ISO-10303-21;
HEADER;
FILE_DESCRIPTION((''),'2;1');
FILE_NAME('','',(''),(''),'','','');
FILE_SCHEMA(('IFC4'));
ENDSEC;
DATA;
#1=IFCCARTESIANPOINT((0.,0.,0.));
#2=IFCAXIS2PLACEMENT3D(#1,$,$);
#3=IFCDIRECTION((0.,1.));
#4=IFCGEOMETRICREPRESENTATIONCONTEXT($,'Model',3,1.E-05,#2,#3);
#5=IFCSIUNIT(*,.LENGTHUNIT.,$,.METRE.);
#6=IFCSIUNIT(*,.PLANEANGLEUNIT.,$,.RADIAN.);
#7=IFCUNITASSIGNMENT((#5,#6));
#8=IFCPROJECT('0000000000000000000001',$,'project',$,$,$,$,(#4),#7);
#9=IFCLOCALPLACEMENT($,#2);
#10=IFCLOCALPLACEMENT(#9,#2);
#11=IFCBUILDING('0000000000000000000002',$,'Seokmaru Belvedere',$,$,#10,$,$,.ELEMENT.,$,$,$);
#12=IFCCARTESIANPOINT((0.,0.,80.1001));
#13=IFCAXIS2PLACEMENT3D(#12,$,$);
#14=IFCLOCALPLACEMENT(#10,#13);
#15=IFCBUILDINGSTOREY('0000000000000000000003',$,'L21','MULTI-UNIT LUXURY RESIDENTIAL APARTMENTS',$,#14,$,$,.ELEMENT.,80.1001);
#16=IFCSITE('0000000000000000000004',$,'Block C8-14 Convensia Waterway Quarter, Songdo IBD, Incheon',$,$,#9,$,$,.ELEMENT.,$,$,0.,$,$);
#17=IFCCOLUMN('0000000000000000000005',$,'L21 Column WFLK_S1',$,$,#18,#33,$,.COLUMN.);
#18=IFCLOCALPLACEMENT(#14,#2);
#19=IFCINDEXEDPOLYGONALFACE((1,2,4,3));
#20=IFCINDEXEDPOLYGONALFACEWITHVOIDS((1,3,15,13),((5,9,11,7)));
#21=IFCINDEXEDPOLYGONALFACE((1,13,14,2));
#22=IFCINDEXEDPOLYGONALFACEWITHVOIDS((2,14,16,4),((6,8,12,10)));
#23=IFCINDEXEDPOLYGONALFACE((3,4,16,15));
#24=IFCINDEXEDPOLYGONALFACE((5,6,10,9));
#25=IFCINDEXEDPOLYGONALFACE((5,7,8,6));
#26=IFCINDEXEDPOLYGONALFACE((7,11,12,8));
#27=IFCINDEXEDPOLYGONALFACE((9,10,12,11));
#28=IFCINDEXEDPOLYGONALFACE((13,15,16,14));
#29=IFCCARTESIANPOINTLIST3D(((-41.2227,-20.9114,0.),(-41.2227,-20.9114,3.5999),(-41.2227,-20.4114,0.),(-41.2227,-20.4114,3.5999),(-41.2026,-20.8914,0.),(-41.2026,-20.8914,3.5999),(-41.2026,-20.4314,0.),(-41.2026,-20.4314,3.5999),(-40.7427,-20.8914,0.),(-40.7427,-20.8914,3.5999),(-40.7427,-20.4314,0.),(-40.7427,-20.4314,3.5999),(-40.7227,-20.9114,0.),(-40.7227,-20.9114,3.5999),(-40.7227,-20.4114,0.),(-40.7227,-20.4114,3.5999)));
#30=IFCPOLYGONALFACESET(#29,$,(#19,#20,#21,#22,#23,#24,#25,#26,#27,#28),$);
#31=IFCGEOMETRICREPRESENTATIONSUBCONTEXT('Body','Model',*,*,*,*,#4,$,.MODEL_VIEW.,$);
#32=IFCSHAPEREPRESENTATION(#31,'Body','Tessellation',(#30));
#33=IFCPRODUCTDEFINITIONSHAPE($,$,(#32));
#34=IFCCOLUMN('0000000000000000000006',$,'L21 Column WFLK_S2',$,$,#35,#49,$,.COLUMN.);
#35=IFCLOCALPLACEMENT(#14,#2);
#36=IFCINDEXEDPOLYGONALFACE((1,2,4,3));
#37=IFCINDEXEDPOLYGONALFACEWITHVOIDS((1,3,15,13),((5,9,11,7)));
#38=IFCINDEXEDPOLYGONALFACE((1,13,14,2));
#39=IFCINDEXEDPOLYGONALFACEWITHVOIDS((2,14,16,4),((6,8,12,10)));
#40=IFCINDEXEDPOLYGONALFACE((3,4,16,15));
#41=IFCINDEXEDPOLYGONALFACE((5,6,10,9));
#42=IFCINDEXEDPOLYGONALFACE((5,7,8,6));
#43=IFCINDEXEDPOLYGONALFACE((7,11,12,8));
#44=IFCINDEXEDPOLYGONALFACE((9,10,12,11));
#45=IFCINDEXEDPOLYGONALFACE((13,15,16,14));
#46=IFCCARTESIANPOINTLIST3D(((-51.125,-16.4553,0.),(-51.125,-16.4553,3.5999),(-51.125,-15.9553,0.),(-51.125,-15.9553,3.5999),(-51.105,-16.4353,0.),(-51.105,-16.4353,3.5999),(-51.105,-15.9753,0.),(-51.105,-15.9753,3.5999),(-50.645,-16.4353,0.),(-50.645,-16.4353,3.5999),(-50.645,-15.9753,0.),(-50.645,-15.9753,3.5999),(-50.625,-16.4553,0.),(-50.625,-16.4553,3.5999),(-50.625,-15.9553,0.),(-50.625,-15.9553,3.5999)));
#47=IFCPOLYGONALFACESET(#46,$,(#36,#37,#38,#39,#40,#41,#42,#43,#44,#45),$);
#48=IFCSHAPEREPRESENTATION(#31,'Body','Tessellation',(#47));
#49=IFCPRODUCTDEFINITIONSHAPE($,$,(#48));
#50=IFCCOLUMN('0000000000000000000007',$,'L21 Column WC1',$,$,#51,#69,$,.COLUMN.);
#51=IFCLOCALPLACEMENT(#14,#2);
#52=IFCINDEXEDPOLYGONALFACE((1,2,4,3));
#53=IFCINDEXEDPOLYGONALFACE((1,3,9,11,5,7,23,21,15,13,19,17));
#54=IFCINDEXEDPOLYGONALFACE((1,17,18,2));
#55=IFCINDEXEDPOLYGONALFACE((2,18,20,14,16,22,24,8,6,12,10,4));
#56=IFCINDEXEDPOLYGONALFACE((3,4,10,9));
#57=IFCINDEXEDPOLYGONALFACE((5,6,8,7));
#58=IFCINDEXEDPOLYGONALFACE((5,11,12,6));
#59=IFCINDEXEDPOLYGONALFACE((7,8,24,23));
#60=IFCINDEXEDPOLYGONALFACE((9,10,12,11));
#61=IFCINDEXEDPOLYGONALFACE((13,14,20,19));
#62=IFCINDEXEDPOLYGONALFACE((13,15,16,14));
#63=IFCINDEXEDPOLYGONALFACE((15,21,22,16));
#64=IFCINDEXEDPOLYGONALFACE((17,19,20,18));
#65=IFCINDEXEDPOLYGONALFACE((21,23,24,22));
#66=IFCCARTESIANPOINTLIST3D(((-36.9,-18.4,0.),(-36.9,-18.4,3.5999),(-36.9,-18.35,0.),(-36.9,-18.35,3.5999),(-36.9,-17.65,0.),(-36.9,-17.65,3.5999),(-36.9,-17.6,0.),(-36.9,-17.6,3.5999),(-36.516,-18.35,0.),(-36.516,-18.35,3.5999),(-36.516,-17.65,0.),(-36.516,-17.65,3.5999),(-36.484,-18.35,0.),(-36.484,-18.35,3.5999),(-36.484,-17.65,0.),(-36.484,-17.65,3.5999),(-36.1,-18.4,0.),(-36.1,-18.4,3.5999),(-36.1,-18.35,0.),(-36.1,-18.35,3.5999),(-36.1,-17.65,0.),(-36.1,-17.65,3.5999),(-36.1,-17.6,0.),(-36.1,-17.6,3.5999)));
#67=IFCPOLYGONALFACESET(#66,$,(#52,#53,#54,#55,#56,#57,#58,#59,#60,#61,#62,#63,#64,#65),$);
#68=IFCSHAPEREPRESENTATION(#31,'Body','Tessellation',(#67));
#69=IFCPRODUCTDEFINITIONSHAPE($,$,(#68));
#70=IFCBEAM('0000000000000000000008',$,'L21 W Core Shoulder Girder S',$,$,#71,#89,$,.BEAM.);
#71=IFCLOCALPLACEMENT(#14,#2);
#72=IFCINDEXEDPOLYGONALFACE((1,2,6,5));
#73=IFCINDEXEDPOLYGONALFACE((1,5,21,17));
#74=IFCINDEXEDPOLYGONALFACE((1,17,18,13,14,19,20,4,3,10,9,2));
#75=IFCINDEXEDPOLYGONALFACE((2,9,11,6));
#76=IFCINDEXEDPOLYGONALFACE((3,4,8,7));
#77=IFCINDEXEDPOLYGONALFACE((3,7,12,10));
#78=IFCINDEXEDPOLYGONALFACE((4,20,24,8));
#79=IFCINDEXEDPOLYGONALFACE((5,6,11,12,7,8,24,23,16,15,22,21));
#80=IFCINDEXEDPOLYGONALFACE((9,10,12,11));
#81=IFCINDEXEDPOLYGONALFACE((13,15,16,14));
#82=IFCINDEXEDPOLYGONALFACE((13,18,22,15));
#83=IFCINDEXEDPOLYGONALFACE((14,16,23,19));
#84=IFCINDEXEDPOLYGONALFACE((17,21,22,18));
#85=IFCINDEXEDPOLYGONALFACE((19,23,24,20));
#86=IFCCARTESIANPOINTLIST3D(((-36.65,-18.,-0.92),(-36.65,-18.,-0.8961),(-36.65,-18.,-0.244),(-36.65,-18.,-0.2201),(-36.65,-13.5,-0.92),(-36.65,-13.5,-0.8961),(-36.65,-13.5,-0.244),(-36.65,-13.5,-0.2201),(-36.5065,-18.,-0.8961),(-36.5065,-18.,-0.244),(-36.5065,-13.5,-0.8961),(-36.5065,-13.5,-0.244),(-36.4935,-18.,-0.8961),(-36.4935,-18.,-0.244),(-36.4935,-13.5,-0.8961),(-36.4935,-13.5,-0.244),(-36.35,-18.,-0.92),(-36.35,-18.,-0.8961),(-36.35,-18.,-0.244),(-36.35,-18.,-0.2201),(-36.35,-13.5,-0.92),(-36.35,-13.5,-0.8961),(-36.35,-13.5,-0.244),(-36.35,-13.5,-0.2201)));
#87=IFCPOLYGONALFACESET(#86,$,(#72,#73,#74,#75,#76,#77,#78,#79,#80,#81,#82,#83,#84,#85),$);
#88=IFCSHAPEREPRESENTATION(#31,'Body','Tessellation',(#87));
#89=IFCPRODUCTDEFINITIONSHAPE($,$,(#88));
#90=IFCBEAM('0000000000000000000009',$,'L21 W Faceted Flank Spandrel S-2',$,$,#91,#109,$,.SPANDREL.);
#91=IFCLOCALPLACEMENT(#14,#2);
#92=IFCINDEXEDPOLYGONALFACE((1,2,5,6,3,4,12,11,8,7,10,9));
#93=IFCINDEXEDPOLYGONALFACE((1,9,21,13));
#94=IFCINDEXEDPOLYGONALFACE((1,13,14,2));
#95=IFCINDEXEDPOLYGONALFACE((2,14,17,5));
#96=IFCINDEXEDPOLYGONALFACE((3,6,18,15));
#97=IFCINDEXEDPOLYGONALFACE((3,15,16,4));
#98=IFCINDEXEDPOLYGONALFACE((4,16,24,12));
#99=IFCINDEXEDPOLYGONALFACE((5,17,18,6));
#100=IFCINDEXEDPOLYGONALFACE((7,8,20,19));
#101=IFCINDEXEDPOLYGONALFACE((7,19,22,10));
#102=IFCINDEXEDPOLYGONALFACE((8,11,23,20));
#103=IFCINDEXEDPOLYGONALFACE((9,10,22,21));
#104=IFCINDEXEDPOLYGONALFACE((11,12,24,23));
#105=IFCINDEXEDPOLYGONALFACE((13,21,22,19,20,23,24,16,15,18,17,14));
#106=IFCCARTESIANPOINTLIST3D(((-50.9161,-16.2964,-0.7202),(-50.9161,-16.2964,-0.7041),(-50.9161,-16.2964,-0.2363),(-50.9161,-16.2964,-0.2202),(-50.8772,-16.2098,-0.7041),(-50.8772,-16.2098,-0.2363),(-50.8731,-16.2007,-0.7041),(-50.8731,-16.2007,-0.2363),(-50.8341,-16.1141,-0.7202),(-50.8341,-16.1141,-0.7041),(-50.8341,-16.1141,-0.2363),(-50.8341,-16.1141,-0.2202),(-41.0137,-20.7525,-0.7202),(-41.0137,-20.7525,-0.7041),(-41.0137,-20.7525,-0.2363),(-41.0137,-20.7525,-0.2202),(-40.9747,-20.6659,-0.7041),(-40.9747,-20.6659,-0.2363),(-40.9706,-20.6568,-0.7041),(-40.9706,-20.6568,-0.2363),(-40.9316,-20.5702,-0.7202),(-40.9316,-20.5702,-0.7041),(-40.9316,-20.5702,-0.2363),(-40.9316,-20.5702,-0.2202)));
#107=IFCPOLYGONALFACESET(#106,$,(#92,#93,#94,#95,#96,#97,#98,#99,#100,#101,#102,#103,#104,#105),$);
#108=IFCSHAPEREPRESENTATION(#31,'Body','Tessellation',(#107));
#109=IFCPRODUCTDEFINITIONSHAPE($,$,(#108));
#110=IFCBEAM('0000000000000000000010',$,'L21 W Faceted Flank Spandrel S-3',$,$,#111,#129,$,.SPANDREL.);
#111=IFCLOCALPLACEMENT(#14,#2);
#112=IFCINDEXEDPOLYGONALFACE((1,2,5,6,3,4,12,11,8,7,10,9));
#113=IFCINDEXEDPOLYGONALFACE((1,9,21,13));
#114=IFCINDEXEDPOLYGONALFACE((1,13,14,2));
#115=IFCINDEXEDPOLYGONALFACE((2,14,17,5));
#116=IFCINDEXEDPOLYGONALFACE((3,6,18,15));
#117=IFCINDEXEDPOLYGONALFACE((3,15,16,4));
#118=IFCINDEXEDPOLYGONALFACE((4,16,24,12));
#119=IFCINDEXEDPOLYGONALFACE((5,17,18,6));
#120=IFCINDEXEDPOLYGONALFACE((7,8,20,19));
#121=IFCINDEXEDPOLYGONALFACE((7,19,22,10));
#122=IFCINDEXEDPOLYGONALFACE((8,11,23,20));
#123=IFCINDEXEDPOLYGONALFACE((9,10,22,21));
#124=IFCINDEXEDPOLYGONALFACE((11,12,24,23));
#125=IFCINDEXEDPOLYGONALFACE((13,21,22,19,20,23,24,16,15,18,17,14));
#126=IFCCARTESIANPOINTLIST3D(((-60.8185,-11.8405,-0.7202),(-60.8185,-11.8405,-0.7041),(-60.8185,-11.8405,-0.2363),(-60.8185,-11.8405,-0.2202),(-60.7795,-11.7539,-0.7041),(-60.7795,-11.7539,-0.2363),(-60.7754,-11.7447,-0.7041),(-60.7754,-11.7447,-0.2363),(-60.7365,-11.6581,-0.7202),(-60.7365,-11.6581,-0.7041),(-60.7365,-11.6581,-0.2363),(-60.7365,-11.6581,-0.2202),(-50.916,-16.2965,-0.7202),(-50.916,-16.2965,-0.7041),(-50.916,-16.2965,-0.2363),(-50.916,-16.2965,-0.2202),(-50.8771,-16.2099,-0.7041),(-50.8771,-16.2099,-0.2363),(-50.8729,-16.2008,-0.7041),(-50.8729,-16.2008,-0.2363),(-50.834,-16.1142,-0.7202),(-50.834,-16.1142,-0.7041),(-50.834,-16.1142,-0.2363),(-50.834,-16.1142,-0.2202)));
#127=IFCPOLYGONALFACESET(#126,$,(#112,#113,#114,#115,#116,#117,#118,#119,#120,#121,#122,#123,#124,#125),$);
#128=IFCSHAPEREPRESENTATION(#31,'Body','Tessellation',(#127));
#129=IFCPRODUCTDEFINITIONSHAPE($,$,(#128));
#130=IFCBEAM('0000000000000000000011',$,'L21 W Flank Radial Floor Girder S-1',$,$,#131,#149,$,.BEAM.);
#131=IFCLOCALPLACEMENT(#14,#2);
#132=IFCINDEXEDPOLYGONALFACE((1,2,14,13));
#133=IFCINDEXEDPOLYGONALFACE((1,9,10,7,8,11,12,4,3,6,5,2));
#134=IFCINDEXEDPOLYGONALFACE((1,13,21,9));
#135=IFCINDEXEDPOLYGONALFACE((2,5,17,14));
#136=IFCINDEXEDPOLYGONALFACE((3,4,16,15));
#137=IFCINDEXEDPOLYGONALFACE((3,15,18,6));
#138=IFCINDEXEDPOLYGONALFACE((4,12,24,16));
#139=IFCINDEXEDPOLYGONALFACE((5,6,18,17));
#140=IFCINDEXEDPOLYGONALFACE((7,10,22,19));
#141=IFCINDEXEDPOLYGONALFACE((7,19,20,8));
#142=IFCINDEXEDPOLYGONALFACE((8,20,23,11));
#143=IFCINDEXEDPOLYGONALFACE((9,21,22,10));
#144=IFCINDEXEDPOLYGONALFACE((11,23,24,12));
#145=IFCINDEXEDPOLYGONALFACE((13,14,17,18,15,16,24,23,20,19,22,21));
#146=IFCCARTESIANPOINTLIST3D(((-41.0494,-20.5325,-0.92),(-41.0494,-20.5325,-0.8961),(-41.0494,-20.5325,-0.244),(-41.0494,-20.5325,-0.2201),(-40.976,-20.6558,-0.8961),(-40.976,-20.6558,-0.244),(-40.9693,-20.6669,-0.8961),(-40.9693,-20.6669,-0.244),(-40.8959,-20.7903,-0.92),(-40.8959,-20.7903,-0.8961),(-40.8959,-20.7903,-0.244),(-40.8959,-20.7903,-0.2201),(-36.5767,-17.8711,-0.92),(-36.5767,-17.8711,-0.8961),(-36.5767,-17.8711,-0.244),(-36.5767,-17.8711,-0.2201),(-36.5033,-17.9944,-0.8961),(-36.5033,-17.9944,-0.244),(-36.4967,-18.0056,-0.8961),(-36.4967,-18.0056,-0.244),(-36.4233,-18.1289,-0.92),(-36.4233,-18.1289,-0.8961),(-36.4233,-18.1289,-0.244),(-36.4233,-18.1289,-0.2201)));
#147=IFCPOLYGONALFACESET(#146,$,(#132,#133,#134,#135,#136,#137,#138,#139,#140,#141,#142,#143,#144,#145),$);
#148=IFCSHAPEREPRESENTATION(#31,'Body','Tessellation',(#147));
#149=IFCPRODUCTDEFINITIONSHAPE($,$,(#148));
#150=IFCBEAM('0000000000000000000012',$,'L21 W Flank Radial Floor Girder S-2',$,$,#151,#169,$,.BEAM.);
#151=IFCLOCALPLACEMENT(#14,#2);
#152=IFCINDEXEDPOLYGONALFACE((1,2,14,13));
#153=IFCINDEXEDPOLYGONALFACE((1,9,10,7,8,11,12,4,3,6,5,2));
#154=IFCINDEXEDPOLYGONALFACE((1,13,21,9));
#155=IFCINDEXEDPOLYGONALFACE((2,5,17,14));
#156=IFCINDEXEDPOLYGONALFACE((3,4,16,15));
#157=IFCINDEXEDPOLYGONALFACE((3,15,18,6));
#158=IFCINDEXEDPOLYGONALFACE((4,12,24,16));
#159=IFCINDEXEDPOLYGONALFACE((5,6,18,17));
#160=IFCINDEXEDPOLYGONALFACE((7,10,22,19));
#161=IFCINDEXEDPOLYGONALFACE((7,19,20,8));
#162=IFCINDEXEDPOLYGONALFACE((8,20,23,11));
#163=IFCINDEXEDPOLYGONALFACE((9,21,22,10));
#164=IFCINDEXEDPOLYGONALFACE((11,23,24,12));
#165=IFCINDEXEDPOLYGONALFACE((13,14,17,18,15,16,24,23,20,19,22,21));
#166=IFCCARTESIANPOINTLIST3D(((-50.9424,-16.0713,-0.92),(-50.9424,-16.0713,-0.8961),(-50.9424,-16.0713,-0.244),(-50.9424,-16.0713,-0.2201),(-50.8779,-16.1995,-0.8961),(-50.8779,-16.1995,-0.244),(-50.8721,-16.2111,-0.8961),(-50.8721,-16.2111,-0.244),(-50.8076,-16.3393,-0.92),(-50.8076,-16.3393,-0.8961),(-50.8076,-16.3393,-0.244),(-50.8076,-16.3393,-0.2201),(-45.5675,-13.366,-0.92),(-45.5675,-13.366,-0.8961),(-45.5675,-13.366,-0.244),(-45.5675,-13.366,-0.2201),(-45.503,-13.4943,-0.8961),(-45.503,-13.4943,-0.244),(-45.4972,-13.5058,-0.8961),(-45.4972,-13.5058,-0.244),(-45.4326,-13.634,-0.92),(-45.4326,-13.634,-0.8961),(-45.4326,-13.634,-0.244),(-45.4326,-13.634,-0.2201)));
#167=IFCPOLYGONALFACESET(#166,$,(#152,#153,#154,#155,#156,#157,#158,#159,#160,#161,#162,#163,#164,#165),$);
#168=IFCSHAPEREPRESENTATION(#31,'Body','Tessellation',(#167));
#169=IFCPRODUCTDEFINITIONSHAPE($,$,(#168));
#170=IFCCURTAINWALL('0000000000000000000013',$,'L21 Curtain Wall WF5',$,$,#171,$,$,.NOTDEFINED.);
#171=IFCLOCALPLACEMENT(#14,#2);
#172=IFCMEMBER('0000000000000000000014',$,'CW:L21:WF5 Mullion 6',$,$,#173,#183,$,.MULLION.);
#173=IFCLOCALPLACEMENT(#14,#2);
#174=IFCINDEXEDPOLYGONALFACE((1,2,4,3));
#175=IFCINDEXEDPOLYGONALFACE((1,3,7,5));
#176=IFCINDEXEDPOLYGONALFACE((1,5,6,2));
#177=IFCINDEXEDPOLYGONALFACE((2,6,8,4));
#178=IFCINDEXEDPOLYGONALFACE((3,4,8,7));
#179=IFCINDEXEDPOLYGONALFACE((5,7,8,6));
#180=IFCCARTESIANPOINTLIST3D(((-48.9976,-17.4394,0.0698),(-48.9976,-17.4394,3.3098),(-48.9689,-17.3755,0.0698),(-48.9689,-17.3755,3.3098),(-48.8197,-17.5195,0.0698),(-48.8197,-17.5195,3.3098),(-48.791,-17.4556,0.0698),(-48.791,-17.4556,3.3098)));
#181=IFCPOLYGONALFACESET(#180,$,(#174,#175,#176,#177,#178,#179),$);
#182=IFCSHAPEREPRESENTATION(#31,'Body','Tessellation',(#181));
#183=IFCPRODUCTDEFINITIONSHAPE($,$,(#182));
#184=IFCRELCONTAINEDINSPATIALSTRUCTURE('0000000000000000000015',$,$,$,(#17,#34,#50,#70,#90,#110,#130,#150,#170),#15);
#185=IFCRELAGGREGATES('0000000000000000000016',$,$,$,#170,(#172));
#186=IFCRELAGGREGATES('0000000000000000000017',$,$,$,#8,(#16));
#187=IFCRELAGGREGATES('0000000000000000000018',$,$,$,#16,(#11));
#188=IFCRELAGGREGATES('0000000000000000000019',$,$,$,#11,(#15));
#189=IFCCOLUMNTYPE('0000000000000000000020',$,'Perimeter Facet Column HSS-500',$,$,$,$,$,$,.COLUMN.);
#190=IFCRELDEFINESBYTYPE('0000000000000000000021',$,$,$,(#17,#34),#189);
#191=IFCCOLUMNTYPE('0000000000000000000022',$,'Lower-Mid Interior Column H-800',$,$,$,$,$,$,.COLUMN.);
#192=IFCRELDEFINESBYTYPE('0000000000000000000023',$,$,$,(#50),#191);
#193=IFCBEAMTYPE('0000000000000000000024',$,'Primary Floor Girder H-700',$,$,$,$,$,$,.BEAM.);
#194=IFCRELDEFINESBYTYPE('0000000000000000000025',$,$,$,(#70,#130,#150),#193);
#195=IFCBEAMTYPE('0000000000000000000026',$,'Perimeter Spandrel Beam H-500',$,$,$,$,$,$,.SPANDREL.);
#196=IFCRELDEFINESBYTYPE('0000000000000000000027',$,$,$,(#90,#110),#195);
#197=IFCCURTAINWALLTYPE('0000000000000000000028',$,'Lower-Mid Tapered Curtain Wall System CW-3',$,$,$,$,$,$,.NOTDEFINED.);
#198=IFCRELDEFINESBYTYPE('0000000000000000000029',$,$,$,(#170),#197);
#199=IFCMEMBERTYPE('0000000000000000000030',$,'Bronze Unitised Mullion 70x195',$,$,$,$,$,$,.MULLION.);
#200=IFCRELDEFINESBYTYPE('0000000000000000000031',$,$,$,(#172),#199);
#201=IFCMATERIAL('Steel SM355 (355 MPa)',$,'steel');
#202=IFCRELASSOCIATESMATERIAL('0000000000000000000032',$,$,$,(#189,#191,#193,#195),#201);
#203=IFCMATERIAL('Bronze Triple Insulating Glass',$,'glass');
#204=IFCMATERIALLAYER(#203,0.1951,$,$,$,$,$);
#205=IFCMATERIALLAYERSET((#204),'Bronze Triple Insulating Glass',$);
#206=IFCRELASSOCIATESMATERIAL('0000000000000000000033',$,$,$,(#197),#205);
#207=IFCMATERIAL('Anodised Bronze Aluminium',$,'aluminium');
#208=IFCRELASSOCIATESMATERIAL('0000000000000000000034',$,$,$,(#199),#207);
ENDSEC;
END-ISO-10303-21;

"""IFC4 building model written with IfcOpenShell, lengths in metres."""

from ifc_helpers import new_model, si_unit, direction, frame, origin, origin_2d, place, context, subcontext, project, spatial, rectangle, hollow_rectangle, i_section, extrude, source, transform, mapped, material, layer, layer_set, material_profile, profile_set, type_object, type_shapes, element, aggregate, save


model = new_model("IFC4")

# Units and contexts
model_context = context("Model", 3, precision=1e-05, world=origin(), true_north=direction((0.0, 1.0)))
body_context = subcontext(model_context, "Body", "Model", "MODEL_VIEW")
ifc_project = project(units=[si_unit("LENGTHUNIT", "METRE"), si_unit("PLANEANGLEUNIT", "RADIAN")], contexts=[model_context])

# Site, building, storey
site_placement = place(None, origin())
site = spatial("IfcSite", under=ifc_project, at=site_placement, Name="Block C8-14 Convensia Waterway Quarter, Songdo IBD, Incheon", CompositionType="ELEMENT", RefElevation=0.0)
building_placement = place(site_placement, origin())
building = spatial("IfcBuilding", under=site, at=building_placement, Name="Seokmaru Belvedere", CompositionType="ELEMENT")
storey_placement = place(building_placement, frame((0.0, 0.0, 80.1001)))
storey = spatial("IfcBuildingStorey", under=building, at=storey_placement, Name="L21", Description="MULTI-UNIT LUXURY RESIDENTIAL APARTMENTS", CompositionType="ELEMENT", Elevation=80.1001)

# Columns
ifc_material_1 = material(Name="Steel SM355 (355 MPa)", Category="steel")
ifc_material_profile_1 = material_profile(ifc_material_1, hollow_rectangle(XDim=0.5, YDim=0.5, WallThickness=0.02, at=origin_2d()), Name="HSS-500x500x20")
ifc_profile_set_1 = profile_set([ifc_material_profile_1], Name="Steel SM355 (355 MPa)")
column_type_1 = type_object("IfcColumnType", Name="Perimeter Facet Column HSS-500", PredefinedType="COLUMN", material=ifc_profile_set_1)
shared_shape_1 = source(origin(), body_context, "Body", "SweptSolid", [
    extrude(hollow_rectangle(XDim=0.5, YDim=0.5, WallThickness=0.02, at=origin_2d()), origin(), (0.0, 0.0, 1.0), 3.5999),
])
type_shapes(column_type_1, [shared_shape_1])
for number, where, z_axis, x_axis, name in (
    (1, (-40.9727, -20.6614, 0.0), (0.0, 0.0, 1.0), (1.0, 0.0, 0.0), "L21 Column WFLK_S1"),
    (2, (-50.875, -16.2053, 0.0), (0.0, 0.0, 1.0), (1.0, 0.0, 0.0), "L21 Column WFLK_S2"),
):
    element("IfcColumn", number, at=place(storey_placement, frame(where, z_axis=z_axis, x_axis=x_axis)), inside=storey, type_object=column_type_1, Name=name, PredefinedType="COLUMN", context=body_context, shape_type="MappedRepresentation", body=[
        mapped(shared_shape_1, transform((0.0, 0.0, 0.0), scale=1.0)),
    ])
ifc_material_profile_2 = material_profile(ifc_material_1, i_section(OverallWidth=0.8, OverallDepth=0.8, WebThickness=0.032, FlangeThickness=0.05, at=origin_2d()), Name="H-800x800x32x50")
ifc_profile_set_2 = profile_set([ifc_material_profile_2], Name="Steel SM355 (355 MPa)")
column_type_2 = type_object("IfcColumnType", Name="Lower-Mid Interior Column H-800", PredefinedType="COLUMN", material=ifc_profile_set_2)
shared_shape_2 = source(origin(), body_context, "Body", "SweptSolid", [
    extrude(i_section(OverallWidth=0.8, OverallDepth=0.8, WebThickness=0.032, FlangeThickness=0.05, at=origin_2d()), origin(), (0.0, 0.0, 1.0), 3.5999),
])
type_shapes(column_type_2, [shared_shape_2])
column_placement = place(storey_placement, frame((-36.5, -18.0, 0.0), z_axis=(0.0, 0.0, 1.0), x_axis=(1.0, 0.0, 0.0)))
element("IfcColumn", 3, at=column_placement, inside=storey, type_object=column_type_2, Name="L21 Column WC1", PredefinedType="COLUMN", context=body_context, shape_type="MappedRepresentation", body=[
    mapped(shared_shape_2, transform((0.0, 0.0, 0.0), scale=1.0)),
])

# Beams
ifc_material_profile_3 = material_profile(ifc_material_1, i_section(OverallWidth=0.3, OverallDepth=0.7, WebThickness=0.0129, FlangeThickness=0.0239, at=origin_2d()), Name="H-700x300x13x24")
ifc_profile_set_3 = profile_set([ifc_material_profile_3], Name="Steel SM355 (355 MPa)")
beam_type_1 = type_object("IfcBeamType", Name="Primary Floor Girder H-700", PredefinedType="BEAM", material=ifc_profile_set_3)
shared_shape_3 = source(origin(), body_context, "Body", "SweptSolid", [
    extrude(i_section(OverallWidth=0.3, OverallDepth=0.7, WebThickness=0.0129, FlangeThickness=0.0239, at=origin_2d()), origin(), (0.0, 0.0, 1.0), 4.5),
])
beam_1_placement = place(storey_placement, frame((-36.5, -18.0, -0.5701), z_axis=(0.0, 1.0, 0.0), x_axis=(-1.0, 0.0, 0.0)))
element("IfcBeam", 4, at=beam_1_placement, inside=storey, type_object=beam_type_1, Name="L21 W Core Shoulder Girder S", PredefinedType="BEAM", context=body_context, shape_type="MappedRepresentation", body=[
    mapped(shared_shape_3, transform((0.0, 0.0, 0.0), scale=1.0)),
])
ifc_material_profile_4 = material_profile(ifc_material_1, i_section(OverallWidth=0.2, OverallDepth=0.5, WebThickness=0.01, FlangeThickness=0.0161, at=origin_2d()), Name="H-500x200x10x16")
ifc_profile_set_4 = profile_set([ifc_material_profile_4], Name="Steel SM355 (355 MPa)")
beam_type_2 = type_object("IfcBeamType", Name="Perimeter Spandrel Beam H-500", PredefinedType="SPANDREL", material=ifc_profile_set_4)
shared_shape_4 = source(origin(), body_context, "Body", "SweptSolid", [
    extrude(i_section(OverallWidth=0.2, OverallDepth=0.5, WebThickness=0.01, FlangeThickness=0.0161, at=origin_2d()), origin(), (0.0, 0.0, 1.0), 10.8589),
])
type_shapes(beam_type_2, [shared_shape_4])
for number, where, z_axis, x_axis, name in (
    (5, (-40.9727, -20.6614, -0.4702), (-0.911922, 0.410365, 0.0), (-0.410365, -0.911922, 0.0), "L21 W Faceted Flank Spandrel S-2"),
    (6, (-50.875, -16.2053, -0.4702), (-0.911925, 0.410356, 0.0), (-0.410356, -0.911925, 0.0), "L21 W Faceted Flank Spandrel S-3"),
):
    element("IfcBeam", number, at=place(storey_placement, frame(where, z_axis=z_axis, x_axis=x_axis)), inside=storey, type_object=beam_type_2, Name=name, PredefinedType="SPANDREL", context=body_context, shape_type="MappedRepresentation", body=[
        mapped(shared_shape_4, transform((0.0, 0.0, 0.0), scale=1.0)),
    ])
shared_shape_5 = source(origin(), body_context, "Body", "SweptSolid", [
    extrude(i_section(OverallWidth=0.3, OverallDepth=0.7, WebThickness=0.0129, FlangeThickness=0.0239, at=origin_2d()), origin(), (0.0, 0.0, 1.0), 5.2046),
])
beam_2_placement = place(storey_placement, frame((-40.9727, -20.6614, -0.5701), z_axis=(0.85937, 0.511354, 0.0), x_axis=(-0.511354, 0.85937, 0.0)))
element("IfcBeam", 7, at=beam_2_placement, inside=storey, type_object=beam_type_1, Name="L21 W Flank Radial Floor Girder S-1", PredefinedType="BEAM", context=body_context, shape_type="MappedRepresentation", body=[
    mapped(shared_shape_5, transform((0.0, 0.0, 0.0), scale=1.0)),
])
shared_shape_6 = source(origin(), body_context, "Body", "SweptSolid", [
    extrude(i_section(OverallWidth=0.3, OverallDepth=0.7, WebThickness=0.0129, FlangeThickness=0.0239, at=origin_2d()), origin(), (0.0, 0.0, 1.0), 6.0173),
])
type_shapes(beam_type_1, [shared_shape_3, shared_shape_5, shared_shape_6])
beam_3_placement = place(storey_placement, frame((-50.875, -16.2053, -0.5701), z_axis=(0.893239, 0.449581, 0.0), x_axis=(-0.449581, 0.893239, 0.0)))
element("IfcBeam", 8, at=beam_3_placement, inside=storey, type_object=beam_type_1, Name="L21 W Flank Radial Floor Girder S-2", PredefinedType="BEAM", context=body_context, shape_type="MappedRepresentation", body=[
    mapped(shared_shape_6, transform((0.0, 0.0, 0.0), scale=1.0)),
])

# Curtain wall, member
ifc_material_2 = material(Name="Bronze Triple Insulating Glass", Category="glass")
ifc_layer_1 = layer(ifc_material_2, 0.1951)
ifc_layer_set_1 = layer_set([ifc_layer_1], Name="Bronze Triple Insulating Glass")
curtain_wall_type = type_object("IfcCurtainWallType", Name="Lower-Mid Tapered Curtain Wall System CW-3", PredefinedType="NOTDEFINED", material=ifc_layer_set_1)
curtain_wall_placement = place(storey_placement, origin())
curtain_wall = element("IfcCurtainWall", 9, at=curtain_wall_placement, inside=storey, type_object=curtain_wall_type, Name="L21 Curtain Wall WF5", PredefinedType="NOTDEFINED")
ifc_material_3 = material(Name="Anodised Bronze Aluminium", Category="aluminium")
ifc_material_profile_5 = material_profile(ifc_material_3, rectangle(XDim=0.0701, YDim=0.1951, at=origin_2d()), Name="CW-M-70x195")
ifc_profile_set_5 = profile_set([ifc_material_profile_5], Name="Anodised Bronze Aluminium")
member_type = type_object("IfcMemberType", Name="Bronze Unitised Mullion 70x195", PredefinedType="MULLION", material=ifc_profile_set_5)
shared_shape_7 = source(origin(), body_context, "Body", "SweptSolid", [
    extrude(rectangle(XDim=0.0701, YDim=0.1951, at=origin_2d()), origin(), (0.0, 0.0, 1.0), 3.24),
])
type_shapes(member_type, [shared_shape_7])
member_1_placement = place(storey_placement, frame((-48.8943, -17.4475, 0.0698), z_axis=(0.0, 0.0, 1.0), x_axis=(0.410366, 0.911921, 0.0)))
member_1 = element("IfcMember", 10, at=member_1_placement, type_object=member_type, Name="CW:L21:WF5 Mullion 6", PredefinedType="MULLION", context=body_context, shape_type="MappedRepresentation", body=[
    mapped(shared_shape_7, transform((0.0, 0.0, 0.0), scale=1.0)),
])
aggregate(curtain_wall, [member_1])

save(model, "model.ifc")
